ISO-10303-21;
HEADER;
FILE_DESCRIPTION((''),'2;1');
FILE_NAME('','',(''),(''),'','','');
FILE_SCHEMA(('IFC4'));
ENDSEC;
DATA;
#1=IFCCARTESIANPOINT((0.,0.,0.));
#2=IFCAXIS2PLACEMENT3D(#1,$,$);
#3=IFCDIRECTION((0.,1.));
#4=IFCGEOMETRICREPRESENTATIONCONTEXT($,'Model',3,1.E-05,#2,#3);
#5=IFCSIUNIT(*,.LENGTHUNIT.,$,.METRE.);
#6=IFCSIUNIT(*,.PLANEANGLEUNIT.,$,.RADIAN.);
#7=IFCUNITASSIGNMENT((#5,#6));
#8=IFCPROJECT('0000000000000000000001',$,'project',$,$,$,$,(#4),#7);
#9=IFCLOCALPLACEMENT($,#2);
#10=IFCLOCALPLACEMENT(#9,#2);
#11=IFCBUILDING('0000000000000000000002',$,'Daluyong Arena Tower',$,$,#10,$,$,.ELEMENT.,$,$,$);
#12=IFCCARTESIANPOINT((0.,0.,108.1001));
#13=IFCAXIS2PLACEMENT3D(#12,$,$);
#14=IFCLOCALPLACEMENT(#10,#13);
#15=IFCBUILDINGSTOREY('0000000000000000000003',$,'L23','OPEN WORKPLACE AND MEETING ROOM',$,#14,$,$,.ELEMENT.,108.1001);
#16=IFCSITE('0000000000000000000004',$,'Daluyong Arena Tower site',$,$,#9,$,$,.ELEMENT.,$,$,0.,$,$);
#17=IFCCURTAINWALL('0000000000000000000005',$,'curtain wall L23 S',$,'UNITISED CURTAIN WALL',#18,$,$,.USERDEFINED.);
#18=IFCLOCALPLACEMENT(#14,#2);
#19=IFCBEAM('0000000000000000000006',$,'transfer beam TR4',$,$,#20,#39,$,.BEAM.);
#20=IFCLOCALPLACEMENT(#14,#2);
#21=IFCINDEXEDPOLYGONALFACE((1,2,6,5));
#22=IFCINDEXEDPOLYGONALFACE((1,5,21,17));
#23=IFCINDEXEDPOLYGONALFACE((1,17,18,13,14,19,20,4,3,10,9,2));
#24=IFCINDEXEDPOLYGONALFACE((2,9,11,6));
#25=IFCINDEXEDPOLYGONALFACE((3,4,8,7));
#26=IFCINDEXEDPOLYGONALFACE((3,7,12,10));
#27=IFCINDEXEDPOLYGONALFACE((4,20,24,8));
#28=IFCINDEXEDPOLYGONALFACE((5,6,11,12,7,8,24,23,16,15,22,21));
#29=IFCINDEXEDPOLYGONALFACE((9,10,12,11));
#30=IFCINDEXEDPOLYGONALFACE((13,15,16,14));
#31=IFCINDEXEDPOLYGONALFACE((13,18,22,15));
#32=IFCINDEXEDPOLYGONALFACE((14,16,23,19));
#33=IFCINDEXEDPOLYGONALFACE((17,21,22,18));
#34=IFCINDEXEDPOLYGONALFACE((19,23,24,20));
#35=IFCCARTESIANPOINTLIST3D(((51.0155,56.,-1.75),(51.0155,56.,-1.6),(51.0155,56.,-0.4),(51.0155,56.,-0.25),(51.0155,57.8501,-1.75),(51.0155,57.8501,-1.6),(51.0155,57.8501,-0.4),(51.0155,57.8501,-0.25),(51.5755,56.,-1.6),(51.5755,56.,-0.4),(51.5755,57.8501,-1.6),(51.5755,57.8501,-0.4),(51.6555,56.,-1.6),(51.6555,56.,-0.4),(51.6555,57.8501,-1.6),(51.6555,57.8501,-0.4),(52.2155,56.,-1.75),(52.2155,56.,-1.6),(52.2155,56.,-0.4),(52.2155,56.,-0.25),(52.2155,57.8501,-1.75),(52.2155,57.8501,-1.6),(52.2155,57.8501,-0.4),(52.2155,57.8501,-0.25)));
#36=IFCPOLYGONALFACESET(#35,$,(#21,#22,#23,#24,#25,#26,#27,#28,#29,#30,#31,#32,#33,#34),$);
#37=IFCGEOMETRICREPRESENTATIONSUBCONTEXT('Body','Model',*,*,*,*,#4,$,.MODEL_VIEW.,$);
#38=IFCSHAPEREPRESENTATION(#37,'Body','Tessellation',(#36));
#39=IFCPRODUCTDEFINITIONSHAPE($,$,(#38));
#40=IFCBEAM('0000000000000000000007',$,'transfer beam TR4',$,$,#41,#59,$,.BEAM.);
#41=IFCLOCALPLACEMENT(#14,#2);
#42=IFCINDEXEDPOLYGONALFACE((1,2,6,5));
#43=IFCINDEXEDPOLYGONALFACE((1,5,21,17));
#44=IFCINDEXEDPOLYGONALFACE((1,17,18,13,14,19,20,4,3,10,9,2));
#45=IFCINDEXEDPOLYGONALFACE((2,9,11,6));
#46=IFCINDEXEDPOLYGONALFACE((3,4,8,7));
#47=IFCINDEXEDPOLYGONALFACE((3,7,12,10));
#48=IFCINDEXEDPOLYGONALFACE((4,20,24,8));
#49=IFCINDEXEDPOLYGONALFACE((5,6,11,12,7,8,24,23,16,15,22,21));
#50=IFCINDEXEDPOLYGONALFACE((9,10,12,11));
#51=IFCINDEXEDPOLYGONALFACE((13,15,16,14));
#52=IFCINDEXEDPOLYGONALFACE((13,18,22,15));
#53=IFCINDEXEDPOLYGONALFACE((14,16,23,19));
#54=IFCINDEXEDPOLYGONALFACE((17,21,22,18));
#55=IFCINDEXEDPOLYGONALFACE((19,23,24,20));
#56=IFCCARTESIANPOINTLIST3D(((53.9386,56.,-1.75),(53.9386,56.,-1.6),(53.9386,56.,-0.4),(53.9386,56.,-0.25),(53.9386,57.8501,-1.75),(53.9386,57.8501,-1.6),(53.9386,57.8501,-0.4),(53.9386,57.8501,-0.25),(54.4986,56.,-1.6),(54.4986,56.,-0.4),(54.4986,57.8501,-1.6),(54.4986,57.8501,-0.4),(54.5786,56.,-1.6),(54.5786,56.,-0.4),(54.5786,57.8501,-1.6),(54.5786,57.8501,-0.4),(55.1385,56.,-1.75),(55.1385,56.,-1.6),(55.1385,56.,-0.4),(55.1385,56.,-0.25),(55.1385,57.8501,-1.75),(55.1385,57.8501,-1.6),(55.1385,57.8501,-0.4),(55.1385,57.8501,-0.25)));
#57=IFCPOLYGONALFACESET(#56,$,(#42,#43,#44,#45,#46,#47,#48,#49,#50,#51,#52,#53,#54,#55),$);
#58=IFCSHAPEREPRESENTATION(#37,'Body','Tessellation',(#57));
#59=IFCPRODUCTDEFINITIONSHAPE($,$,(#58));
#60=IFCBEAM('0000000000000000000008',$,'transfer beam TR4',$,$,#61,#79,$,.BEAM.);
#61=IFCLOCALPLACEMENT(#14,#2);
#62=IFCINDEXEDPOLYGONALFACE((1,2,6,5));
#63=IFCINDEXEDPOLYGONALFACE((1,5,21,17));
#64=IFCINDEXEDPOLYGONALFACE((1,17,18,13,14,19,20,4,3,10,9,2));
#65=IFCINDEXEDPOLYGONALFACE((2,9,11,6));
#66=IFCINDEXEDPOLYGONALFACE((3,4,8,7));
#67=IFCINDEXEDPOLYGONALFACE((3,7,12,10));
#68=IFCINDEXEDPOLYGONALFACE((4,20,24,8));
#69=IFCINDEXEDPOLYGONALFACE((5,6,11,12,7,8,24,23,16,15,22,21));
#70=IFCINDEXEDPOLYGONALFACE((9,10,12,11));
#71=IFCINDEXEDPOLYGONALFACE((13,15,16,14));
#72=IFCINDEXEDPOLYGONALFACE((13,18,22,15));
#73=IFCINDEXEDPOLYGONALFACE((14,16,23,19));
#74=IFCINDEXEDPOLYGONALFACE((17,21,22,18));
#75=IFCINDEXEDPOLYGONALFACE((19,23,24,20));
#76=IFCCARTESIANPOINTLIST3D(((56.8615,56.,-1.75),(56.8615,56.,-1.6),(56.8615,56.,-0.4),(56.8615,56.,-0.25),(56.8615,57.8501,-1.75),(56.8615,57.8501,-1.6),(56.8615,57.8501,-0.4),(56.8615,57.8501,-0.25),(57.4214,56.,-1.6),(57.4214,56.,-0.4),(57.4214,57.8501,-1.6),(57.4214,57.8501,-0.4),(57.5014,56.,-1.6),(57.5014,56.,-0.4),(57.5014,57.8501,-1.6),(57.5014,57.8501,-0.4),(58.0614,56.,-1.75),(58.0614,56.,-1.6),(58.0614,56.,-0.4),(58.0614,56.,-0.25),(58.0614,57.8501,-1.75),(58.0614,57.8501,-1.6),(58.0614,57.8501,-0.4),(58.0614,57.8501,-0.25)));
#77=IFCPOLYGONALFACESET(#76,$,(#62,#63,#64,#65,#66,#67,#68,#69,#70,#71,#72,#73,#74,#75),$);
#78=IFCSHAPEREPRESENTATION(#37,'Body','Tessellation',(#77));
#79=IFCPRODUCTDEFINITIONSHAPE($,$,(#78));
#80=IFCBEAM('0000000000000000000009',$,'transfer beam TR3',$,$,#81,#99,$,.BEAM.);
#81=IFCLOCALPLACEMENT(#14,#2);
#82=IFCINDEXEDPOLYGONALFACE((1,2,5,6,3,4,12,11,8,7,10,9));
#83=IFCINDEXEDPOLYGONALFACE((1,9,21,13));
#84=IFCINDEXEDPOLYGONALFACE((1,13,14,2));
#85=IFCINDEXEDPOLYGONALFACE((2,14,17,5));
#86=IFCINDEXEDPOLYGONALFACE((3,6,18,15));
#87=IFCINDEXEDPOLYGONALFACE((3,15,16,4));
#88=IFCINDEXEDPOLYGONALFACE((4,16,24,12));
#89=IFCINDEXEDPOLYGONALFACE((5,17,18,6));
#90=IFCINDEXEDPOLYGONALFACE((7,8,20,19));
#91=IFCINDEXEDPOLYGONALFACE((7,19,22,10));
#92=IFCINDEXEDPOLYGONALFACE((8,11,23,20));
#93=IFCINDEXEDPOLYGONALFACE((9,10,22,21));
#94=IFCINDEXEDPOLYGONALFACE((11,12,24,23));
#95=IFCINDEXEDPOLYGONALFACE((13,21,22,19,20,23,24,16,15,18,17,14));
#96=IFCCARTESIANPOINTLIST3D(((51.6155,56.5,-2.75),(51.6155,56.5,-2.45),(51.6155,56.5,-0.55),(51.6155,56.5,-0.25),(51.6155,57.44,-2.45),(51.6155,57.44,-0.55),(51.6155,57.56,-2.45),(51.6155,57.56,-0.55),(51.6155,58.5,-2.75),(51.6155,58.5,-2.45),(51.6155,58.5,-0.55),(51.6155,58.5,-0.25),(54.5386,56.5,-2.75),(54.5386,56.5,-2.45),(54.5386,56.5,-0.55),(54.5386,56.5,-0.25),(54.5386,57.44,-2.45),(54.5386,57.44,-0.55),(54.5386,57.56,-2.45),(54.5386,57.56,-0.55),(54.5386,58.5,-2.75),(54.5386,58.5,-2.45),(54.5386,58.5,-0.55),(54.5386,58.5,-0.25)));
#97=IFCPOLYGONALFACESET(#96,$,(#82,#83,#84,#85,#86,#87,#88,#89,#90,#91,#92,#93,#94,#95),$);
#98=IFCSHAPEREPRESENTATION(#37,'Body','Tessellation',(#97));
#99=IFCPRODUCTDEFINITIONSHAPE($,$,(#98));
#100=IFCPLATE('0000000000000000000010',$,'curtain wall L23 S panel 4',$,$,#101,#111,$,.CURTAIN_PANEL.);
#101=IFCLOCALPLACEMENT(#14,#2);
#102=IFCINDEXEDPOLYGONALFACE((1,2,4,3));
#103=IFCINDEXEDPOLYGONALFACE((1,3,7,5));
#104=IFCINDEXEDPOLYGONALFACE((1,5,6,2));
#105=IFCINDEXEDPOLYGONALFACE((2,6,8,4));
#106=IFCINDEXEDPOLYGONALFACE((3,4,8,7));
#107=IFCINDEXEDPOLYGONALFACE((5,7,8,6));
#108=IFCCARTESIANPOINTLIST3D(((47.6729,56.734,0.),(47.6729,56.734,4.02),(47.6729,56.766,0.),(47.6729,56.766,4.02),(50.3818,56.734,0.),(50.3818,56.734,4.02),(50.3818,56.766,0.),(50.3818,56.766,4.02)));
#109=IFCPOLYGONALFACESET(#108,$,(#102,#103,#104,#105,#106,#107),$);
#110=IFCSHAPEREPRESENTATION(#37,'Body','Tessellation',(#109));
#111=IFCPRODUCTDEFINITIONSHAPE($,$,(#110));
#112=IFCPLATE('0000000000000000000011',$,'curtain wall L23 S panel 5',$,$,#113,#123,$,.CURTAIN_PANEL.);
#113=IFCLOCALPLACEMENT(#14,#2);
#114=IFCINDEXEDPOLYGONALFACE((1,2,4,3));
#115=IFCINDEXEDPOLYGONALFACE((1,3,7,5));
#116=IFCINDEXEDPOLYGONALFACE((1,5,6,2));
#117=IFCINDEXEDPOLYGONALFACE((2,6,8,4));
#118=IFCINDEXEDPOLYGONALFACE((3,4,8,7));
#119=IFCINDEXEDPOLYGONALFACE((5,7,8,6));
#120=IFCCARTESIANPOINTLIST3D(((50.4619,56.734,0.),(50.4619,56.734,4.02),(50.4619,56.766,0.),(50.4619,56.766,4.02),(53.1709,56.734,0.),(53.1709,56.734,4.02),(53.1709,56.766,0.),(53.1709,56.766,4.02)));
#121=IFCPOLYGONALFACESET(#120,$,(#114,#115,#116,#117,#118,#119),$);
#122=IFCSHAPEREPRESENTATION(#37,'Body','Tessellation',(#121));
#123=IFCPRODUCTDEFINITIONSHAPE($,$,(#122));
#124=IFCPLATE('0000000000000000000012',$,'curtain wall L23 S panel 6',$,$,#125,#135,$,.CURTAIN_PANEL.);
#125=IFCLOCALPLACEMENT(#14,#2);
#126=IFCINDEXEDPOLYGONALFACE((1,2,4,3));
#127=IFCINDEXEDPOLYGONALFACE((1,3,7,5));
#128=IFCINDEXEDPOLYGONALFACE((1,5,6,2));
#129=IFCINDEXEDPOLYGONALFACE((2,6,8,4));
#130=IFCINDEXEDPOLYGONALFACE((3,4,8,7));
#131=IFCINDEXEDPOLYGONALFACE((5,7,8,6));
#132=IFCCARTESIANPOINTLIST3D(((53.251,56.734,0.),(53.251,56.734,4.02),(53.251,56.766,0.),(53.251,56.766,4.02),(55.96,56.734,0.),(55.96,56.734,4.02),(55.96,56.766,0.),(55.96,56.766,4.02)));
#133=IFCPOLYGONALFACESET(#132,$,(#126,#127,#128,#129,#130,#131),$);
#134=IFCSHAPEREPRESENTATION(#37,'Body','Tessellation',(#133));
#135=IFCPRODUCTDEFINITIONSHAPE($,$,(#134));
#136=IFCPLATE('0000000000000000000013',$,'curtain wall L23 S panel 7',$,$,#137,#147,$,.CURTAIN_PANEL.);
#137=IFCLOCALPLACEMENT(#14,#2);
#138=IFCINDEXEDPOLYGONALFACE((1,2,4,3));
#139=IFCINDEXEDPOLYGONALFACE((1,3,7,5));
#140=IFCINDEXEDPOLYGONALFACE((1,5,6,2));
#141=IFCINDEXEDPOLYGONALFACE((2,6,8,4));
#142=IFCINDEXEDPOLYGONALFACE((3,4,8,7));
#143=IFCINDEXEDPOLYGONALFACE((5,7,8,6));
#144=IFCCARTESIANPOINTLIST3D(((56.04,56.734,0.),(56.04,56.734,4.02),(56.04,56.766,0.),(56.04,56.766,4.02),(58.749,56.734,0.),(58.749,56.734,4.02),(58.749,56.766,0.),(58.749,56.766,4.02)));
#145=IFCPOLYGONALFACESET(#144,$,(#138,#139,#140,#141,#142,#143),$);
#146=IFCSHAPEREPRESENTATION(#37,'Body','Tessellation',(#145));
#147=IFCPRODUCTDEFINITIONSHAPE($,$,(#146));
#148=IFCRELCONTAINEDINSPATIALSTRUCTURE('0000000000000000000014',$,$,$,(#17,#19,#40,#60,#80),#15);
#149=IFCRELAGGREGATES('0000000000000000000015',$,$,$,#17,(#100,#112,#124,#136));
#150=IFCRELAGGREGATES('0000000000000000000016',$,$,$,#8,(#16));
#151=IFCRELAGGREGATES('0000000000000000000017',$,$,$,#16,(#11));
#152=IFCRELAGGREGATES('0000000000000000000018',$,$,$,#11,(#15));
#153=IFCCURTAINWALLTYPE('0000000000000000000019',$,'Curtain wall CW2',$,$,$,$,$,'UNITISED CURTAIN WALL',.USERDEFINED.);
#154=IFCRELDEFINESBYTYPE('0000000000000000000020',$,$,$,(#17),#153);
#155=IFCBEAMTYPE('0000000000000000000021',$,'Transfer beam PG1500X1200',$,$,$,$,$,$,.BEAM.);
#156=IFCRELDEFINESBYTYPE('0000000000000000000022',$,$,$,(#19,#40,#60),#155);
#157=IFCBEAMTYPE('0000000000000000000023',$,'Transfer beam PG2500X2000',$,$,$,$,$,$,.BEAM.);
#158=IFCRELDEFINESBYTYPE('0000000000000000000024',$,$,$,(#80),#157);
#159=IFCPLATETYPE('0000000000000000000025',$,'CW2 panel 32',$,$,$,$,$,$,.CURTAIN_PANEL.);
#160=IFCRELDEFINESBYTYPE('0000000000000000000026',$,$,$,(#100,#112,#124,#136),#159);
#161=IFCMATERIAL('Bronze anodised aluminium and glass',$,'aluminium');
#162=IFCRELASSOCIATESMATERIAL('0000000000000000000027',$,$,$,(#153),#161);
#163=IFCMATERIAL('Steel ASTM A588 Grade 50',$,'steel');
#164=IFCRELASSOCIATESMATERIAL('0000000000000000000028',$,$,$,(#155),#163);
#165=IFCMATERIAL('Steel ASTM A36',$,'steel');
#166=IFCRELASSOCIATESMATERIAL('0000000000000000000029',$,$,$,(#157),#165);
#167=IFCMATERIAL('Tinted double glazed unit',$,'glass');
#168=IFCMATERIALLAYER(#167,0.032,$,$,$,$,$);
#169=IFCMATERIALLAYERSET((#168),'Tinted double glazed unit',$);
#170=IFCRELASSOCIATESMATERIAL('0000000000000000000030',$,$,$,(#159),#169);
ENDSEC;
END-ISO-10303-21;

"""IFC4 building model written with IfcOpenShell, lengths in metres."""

from ifc_helpers import new_model, si_unit, direction, frame, origin, origin_2d, place, context, subcontext, project, spatial, rectangle, i_section, extrude, material, layer, layer_set, material_profile, profile_set, type_object, element, aggregate, save


model = new_model("IFC4")

# Units and contexts
model_context = context("Model", 3, precision=1e-05, world=origin(), true_north=direction((0.0, 1.0)))
body_context = subcontext(model_context, "Body", "Model", "MODEL_VIEW")
ifc_project = project(units=[si_unit("LENGTHUNIT", "METRE"), si_unit("PLANEANGLEUNIT", "RADIAN")], contexts=[model_context])

# Site, building, storey
site_placement = place(None, origin())
site = spatial("IfcSite", under=ifc_project, at=site_placement, Name="Daluyong Arena Tower site", CompositionType="ELEMENT", RefElevation=0.0)
building_placement = place(site_placement, origin())
building = spatial("IfcBuilding", under=site, at=building_placement, Name="Daluyong Arena Tower", CompositionType="ELEMENT")
storey_placement = place(building_placement, frame((0.0, 0.0, 108.1001)))
storey = spatial("IfcBuildingStorey", under=building, at=storey_placement, Name="L23", Description="OPEN WORKPLACE AND MEETING ROOM", CompositionType="ELEMENT", Elevation=108.1001)

# Curtain wall
ifc_material_1 = material(Name="Bronze anodised aluminium and glass", Category="aluminium")
curtain_wall_type = type_object("IfcCurtainWallType", Name="Curtain wall CW2", ElementType="UNITISED CURTAIN WALL", PredefinedType="USERDEFINED", material=ifc_material_1)
curtain_wall_placement = place(storey_placement, origin())
curtain_wall = element("IfcCurtainWall", 1, at=curtain_wall_placement, inside=storey, type_object=curtain_wall_type, Name="curtain wall L23 S", ObjectType="UNITISED CURTAIN WALL", PredefinedType="USERDEFINED")

# Beams
ifc_material_2 = material(Name="Steel ASTM A588 Grade 50", Category="steel")
ifc_material_profile_1 = material_profile(ifc_material_2, i_section(OverallWidth=1.2, OverallDepth=1.5, WebThickness=0.08, FlangeThickness=0.15, at=origin_2d()))
ifc_profile_set_1 = profile_set([ifc_material_profile_1], Name="Steel ASTM A588 Grade 50")
beam_type_1 = type_object("IfcBeamType", Name="Transfer beam PG1500X1200", PredefinedType="BEAM", material=ifc_profile_set_1)
for number, where, z_axis, x_axis, name in (
    (2, (51.6155, 56.0, -1.0), (0.0, 1.0, 0.0), (-1.0, 0.0, 0.0), "transfer beam TR4"),
    (3, (54.5386, 56.0, -1.0), (0.0, 1.0, 0.0), (-1.0, 0.0, 0.0), "transfer beam TR4"),
    (4, (57.4614, 56.0, -1.0), (0.0, 1.0, 0.0), (-1.0, 0.0, 0.0), "transfer beam TR4"),
):
    element("IfcBeam", number, at=place(storey_placement, frame(where, z_axis=z_axis, x_axis=x_axis)), inside=storey, type_object=beam_type_1, Name=name, PredefinedType="BEAM", context=body_context, shape_type="SweptSolid", body=[
        extrude(i_section(OverallWidth=1.2, OverallDepth=1.5, WebThickness=0.08, FlangeThickness=0.15, at=origin_2d()), origin(), (0.0, 0.0, 1.0), 1.8501),
    ])
ifc_material_3 = material(Name="Steel ASTM A36", Category="steel")
ifc_material_profile_2 = material_profile(ifc_material_3, i_section(OverallWidth=2.0, OverallDepth=2.5, WebThickness=0.12, FlangeThickness=0.3, at=origin_2d()))
ifc_profile_set_2 = profile_set([ifc_material_profile_2], Name="Steel ASTM A36")
beam_type_2 = type_object("IfcBeamType", Name="Transfer beam PG2500X2000", PredefinedType="BEAM", material=ifc_profile_set_2)
beam_1_placement = place(storey_placement, frame((51.6155, 57.5, -1.5), z_axis=(1.0, 0.0, 0.0), x_axis=(0.0, 1.0, 0.0)))
element("IfcBeam", 5, at=beam_1_placement, inside=storey, type_object=beam_type_2, Name="transfer beam TR3", PredefinedType="BEAM", context=body_context, shape_type="SweptSolid", body=[
    extrude(i_section(OverallWidth=2.0, OverallDepth=2.5, WebThickness=0.12, FlangeThickness=0.3, at=origin_2d()), origin(), (0.0, 0.0, 1.0), 2.9231),
])

# Plates
ifc_material_4 = material(Name="Tinted double glazed unit", Category="glass")
ifc_layer = layer(ifc_material_4, 0.032)
ifc_layer_set = layer_set([ifc_layer], Name="Tinted double glazed unit")
plate_type = type_object("IfcPlateType", Name="CW2 panel 32", PredefinedType="CURTAIN_PANEL", material=ifc_layer_set)
plate_1_placement = place(storey_placement, frame((49.0273, 56.75, 0.0), z_axis=(0.0, 0.0, 1.0), x_axis=(1.0, 0.0, 0.0)))
plate_1 = element("IfcPlate", 6, at=plate_1_placement, type_object=plate_type, Name="curtain wall L23 S panel 4", PredefinedType="CURTAIN_PANEL", context=body_context, shape_type="SweptSolid", body=[
    extrude(rectangle(XDim=2.709, YDim=0.032, at=origin_2d()), origin(), (0.0, 0.0, 1.0), 4.02),
])
plate_2_placement = place(storey_placement, frame((51.8164, 56.75, 0.0), z_axis=(0.0, 0.0, 1.0), x_axis=(1.0, 0.0, 0.0)))
plate_2 = element("IfcPlate", 7, at=plate_2_placement, type_object=plate_type, Name="curtain wall L23 S panel 5", PredefinedType="CURTAIN_PANEL", context=body_context, shape_type="SweptSolid", body=[
    extrude(rectangle(XDim=2.709, YDim=0.032, at=origin_2d()), origin(), (0.0, 0.0, 1.0), 4.02),
])
plate_3_placement = place(storey_placement, frame((54.6055, 56.75, 0.0), z_axis=(0.0, 0.0, 1.0), x_axis=(1.0, 0.0, 0.0)))
plate_3 = element("IfcPlate", 8, at=plate_3_placement, type_object=plate_type, Name="curtain wall L23 S panel 6", PredefinedType="CURTAIN_PANEL", context=body_context, shape_type="SweptSolid", body=[
    extrude(rectangle(XDim=2.709, YDim=0.032, at=origin_2d()), origin(), (0.0, 0.0, 1.0), 4.02),
])
plate_4_placement = place(storey_placement, frame((57.3945, 56.75, 0.0), z_axis=(0.0, 0.0, 1.0), x_axis=(1.0, 0.0, 0.0)))
plate_4 = element("IfcPlate", 9, at=plate_4_placement, type_object=plate_type, Name="curtain wall L23 S panel 7", PredefinedType="CURTAIN_PANEL", context=body_context, shape_type="SweptSolid", body=[
    extrude(rectangle(XDim=2.709, YDim=0.032, at=origin_2d()), origin(), (0.0, 0.0, 1.0), 4.02),
])
aggregate(curtain_wall, [plate_1, plate_2, plate_3, plate_4])

save(model, "model.ifc")
